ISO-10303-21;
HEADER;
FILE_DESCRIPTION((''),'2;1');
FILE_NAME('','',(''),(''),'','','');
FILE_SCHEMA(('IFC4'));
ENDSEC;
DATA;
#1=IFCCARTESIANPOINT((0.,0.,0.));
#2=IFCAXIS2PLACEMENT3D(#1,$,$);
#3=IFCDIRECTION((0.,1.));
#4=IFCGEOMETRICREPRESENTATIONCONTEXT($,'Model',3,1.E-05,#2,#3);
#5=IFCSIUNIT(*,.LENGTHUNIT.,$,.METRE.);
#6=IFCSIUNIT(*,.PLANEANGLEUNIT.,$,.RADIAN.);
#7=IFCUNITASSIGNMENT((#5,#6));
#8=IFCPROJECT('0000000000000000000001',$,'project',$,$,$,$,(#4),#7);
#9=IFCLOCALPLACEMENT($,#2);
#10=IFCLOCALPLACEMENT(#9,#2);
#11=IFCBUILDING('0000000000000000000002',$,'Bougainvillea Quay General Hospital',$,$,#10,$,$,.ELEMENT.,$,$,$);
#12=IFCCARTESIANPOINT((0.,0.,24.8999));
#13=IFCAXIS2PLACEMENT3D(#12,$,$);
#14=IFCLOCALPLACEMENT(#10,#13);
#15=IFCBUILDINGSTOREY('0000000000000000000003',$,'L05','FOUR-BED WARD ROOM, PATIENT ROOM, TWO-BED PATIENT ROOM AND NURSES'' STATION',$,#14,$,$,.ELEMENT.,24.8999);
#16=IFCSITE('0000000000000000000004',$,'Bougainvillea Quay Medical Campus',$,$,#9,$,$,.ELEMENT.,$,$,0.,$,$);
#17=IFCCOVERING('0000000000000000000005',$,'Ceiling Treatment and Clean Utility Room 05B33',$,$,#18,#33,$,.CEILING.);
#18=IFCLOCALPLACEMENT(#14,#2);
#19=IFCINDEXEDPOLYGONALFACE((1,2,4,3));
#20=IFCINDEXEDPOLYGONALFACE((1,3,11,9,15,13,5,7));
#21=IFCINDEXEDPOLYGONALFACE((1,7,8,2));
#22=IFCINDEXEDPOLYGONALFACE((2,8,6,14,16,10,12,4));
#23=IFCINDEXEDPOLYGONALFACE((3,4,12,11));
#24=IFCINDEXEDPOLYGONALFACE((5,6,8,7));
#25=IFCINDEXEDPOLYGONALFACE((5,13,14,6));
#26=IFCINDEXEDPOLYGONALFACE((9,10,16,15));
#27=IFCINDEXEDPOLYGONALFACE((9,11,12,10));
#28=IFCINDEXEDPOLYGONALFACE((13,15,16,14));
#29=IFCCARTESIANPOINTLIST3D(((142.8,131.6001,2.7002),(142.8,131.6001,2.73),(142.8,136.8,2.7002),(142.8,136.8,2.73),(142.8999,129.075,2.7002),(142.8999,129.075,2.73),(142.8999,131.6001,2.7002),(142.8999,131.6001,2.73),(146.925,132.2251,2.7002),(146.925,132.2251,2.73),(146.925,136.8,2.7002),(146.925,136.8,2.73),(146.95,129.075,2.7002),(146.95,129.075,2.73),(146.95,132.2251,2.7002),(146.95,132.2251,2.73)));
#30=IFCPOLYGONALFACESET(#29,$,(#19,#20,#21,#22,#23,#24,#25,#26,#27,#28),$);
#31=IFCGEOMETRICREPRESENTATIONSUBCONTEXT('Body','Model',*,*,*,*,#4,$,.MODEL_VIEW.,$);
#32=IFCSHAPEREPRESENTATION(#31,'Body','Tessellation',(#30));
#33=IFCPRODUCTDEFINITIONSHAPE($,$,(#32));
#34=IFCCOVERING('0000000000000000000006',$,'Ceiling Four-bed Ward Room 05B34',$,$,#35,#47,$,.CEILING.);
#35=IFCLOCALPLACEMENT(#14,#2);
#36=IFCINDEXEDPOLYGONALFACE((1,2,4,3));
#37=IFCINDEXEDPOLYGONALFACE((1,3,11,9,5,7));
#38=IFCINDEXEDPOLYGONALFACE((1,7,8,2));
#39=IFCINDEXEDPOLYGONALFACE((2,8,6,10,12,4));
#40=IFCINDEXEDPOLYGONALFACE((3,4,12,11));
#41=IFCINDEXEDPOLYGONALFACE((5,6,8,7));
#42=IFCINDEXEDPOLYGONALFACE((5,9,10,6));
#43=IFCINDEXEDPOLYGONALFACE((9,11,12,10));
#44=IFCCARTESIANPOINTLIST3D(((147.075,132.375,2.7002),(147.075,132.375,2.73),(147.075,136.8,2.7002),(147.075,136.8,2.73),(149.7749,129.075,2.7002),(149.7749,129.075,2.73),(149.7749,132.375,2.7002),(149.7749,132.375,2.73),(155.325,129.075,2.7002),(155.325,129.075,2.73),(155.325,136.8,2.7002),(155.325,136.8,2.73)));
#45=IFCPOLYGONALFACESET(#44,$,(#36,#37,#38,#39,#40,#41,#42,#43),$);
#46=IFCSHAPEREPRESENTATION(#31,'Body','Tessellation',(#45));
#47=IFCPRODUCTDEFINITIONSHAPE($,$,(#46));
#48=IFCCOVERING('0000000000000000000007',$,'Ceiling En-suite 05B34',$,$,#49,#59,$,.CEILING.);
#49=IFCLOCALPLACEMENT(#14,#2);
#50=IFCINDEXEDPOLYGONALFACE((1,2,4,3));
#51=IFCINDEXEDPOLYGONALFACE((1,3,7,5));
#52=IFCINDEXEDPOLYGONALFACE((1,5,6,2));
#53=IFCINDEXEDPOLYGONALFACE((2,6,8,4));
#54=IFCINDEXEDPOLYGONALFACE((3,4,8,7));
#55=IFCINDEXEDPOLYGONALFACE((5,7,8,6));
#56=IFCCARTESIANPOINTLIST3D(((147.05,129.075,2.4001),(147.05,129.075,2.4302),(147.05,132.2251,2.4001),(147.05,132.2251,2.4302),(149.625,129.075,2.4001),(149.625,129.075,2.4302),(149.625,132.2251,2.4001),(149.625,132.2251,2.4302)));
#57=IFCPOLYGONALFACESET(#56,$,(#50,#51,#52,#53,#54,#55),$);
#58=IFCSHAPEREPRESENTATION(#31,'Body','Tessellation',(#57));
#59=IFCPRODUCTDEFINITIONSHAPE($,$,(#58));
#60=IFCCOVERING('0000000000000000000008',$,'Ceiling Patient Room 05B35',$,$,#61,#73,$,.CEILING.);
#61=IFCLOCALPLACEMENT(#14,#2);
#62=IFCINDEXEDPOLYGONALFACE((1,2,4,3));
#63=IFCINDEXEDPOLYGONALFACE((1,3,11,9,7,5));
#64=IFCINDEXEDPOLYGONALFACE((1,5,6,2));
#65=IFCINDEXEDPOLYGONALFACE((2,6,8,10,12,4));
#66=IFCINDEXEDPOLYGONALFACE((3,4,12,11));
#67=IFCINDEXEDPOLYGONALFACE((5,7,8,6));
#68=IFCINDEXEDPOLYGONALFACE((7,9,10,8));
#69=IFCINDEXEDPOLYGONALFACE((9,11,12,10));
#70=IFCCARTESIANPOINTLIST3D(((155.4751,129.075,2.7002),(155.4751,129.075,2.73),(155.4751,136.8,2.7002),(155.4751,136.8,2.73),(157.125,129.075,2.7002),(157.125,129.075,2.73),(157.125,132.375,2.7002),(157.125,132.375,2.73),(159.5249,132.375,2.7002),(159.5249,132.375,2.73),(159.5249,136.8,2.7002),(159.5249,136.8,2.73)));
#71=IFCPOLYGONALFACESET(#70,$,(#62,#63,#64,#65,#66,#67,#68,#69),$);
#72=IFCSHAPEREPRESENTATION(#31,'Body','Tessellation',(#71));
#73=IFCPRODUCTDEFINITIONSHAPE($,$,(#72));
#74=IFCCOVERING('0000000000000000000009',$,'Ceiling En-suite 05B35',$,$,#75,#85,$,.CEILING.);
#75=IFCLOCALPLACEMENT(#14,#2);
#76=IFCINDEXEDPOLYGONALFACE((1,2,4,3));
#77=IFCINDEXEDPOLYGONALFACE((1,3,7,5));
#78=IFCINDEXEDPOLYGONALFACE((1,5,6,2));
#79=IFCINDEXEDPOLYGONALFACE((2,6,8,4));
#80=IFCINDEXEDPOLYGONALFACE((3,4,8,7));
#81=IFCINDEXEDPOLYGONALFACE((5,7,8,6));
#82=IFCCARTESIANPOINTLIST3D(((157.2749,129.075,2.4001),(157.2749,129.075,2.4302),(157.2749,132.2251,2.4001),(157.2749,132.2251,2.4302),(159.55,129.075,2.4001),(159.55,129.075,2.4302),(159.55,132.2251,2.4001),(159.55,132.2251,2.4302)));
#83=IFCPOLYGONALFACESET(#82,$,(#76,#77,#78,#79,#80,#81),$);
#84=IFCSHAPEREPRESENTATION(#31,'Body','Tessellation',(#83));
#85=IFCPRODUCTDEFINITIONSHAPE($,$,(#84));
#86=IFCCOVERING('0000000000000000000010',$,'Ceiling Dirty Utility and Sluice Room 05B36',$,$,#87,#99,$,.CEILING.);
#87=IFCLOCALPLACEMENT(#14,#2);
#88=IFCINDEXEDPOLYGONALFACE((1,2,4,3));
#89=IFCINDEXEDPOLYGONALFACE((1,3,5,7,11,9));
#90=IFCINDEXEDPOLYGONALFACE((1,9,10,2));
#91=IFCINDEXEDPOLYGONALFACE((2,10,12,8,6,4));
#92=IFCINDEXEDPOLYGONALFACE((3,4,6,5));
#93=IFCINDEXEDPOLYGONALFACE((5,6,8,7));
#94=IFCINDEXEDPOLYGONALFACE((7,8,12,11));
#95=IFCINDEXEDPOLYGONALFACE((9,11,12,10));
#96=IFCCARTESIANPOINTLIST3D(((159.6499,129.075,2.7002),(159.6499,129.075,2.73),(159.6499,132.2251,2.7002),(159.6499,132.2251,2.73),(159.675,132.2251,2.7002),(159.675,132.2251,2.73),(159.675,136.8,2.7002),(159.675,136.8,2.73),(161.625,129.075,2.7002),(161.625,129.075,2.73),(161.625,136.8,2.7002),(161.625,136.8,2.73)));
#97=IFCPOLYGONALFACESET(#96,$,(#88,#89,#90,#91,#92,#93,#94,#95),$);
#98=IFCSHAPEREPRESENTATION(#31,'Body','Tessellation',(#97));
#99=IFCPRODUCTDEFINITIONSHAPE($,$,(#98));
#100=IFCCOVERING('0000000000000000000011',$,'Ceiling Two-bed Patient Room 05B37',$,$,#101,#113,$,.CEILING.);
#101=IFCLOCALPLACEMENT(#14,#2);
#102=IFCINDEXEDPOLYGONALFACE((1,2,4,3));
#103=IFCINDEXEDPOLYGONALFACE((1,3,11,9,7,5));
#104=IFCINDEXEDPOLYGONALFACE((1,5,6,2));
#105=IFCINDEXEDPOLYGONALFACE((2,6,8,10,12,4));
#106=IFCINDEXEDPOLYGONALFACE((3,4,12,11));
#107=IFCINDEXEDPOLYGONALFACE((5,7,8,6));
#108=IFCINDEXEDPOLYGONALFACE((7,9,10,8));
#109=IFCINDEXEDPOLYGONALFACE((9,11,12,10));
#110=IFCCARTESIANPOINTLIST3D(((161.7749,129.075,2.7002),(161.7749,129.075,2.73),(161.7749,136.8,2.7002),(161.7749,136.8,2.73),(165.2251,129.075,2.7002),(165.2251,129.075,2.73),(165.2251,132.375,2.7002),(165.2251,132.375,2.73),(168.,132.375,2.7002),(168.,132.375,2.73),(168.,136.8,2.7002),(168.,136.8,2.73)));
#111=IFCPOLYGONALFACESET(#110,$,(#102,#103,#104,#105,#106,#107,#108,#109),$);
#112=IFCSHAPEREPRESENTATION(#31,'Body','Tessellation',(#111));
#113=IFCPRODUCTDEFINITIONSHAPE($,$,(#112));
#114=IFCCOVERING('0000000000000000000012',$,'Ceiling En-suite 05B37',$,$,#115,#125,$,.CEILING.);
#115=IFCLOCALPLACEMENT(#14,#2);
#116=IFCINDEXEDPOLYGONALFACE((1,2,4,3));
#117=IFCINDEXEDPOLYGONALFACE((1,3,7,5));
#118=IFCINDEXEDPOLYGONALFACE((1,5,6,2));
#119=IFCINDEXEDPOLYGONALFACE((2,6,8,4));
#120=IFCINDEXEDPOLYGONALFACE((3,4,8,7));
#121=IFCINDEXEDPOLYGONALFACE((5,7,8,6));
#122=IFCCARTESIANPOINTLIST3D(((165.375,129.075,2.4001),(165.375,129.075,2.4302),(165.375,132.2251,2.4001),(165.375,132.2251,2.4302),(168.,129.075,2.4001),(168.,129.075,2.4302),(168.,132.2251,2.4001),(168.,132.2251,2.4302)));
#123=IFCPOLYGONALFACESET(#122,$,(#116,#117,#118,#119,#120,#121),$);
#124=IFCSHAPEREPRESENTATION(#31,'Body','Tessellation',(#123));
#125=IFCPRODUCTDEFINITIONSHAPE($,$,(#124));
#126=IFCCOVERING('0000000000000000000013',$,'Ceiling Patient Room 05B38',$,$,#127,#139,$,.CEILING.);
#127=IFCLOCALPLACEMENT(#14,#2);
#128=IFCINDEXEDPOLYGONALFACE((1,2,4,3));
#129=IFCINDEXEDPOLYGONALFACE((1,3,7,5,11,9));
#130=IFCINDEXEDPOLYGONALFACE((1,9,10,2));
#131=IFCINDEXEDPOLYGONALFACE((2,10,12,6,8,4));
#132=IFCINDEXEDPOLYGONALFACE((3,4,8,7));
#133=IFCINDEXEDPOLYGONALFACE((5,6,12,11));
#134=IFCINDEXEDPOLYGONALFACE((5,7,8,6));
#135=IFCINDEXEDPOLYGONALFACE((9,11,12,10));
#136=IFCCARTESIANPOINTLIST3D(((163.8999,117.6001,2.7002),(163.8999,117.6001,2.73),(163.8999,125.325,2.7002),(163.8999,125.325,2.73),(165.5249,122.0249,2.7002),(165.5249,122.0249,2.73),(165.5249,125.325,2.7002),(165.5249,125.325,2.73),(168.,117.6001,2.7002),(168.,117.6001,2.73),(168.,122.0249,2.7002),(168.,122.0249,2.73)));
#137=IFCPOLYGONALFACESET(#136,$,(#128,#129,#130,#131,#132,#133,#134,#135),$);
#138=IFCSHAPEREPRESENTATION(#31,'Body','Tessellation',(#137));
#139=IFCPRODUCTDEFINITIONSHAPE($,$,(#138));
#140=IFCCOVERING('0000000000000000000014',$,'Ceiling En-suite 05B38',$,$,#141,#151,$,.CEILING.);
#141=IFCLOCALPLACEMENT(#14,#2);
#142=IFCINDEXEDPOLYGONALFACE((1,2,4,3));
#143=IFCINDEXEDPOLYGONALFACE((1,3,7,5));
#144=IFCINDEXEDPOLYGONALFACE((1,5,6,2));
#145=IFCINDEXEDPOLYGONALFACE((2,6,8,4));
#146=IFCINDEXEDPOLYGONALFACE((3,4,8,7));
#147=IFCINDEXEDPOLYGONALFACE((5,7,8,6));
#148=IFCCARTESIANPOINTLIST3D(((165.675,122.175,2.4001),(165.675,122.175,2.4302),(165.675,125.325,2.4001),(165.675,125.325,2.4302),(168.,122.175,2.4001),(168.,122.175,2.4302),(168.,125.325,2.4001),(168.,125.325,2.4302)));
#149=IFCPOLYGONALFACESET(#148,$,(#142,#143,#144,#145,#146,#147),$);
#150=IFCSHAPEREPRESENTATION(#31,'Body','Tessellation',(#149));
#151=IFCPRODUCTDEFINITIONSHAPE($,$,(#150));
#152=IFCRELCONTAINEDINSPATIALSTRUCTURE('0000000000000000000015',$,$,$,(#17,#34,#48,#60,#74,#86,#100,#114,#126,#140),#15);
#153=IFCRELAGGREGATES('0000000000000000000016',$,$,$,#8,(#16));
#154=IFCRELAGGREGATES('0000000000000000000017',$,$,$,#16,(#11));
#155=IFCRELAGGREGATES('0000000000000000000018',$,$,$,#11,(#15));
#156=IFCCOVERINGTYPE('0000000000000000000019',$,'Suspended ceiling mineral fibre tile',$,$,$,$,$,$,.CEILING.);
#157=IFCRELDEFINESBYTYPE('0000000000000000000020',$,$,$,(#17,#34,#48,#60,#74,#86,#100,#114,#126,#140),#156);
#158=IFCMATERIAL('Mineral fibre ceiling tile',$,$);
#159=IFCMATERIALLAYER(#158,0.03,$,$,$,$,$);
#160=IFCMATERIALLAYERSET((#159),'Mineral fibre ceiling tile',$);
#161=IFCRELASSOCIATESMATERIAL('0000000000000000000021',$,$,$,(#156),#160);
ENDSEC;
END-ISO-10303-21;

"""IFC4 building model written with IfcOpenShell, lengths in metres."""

from ifc_helpers import new_model, si_unit, direction, frame, origin, place, context, subcontext, project, spatial, polyline, outline, extrude, material, layer, layer_set, type_object, element, save


model = new_model("IFC4")

# Units and contexts
model_context = context("Model", 3, precision=1e-05, world=origin(), true_north=direction((0.0, 1.0)))
body_context = subcontext(model_context, "Body", "Model", "MODEL_VIEW")
ifc_project = project(units=[si_unit("LENGTHUNIT", "METRE"), si_unit("PLANEANGLEUNIT", "RADIAN")], contexts=[model_context])

# Site, building, storey
site_placement = place(None, origin())
site = spatial("IfcSite", under=ifc_project, at=site_placement, Name="Bougainvillea Quay Medical Campus", CompositionType="ELEMENT", RefElevation=0.0)
building_placement = place(site_placement, origin())
building = spatial("IfcBuilding", under=site, at=building_placement, Name="Bougainvillea Quay General Hospital", CompositionType="ELEMENT")
storey_placement = place(building_placement, frame((0.0, 0.0, 24.8999)))
storey = spatial("IfcBuildingStorey", under=building, at=storey_placement, Name="L05", Description="FOUR-BED WARD ROOM, PATIENT ROOM, TWO-BED PATIENT ROOM AND NURSES' STATION", CompositionType="ELEMENT", Elevation=24.8999)

# Coverings
ifc_material = material(Name="Mineral fibre ceiling tile")
ifc_layer = layer(ifc_material, 0.03)
ifc_layer_set = layer_set([ifc_layer], Name="Mineral fibre ceiling tile")
covering_type = type_object("IfcCoveringType", Name="Suspended ceiling mineral fibre tile", PredefinedType="CEILING", material=ifc_layer_set)
covering_1_placement = place(storey_placement, frame((0.0, 0.0, 2.7002)))
element("IfcCovering", 1, at=covering_1_placement, inside=storey, type_object=covering_type, Name="Ceiling Treatment and Clean Utility Room 05B33", PredefinedType="CEILING", context=body_context, shape_type="SweptSolid", body=[
    extrude(outline(polyline([(142.8, 131.6001), (142.8999, 131.6001), (142.8999, 129.075), (146.95, 129.075), (146.95, 132.2251), (146.925, 132.2251), (146.925, 136.8), (142.8, 136.8), (142.8, 131.6001)])), origin(), (0.0, 0.0, 1.0), 0.0298),
])
covering_2_placement = place(storey_placement, frame((0.0, 0.0, 2.7002)))
element("IfcCovering", 2, at=covering_2_placement, inside=storey, type_object=covering_type, Name="Ceiling Four-bed Ward Room 05B34", PredefinedType="CEILING", context=body_context, shape_type="SweptSolid", body=[
    extrude(outline(polyline([(147.075, 136.8), (147.075, 132.375), (149.7749, 132.375), (149.7749, 129.075), (155.325, 129.075), (155.325, 136.8), (147.075, 136.8)])), origin(), (0.0, 0.0, 1.0), 0.0298),
])
covering_3_placement = place(storey_placement, frame((0.0, 0.0, 2.4001)))
element("IfcCovering", 3, at=covering_3_placement, inside=storey, type_object=covering_type, Name="Ceiling En-suite 05B34", PredefinedType="CEILING", context=body_context, shape_type="SweptSolid", body=[
    extrude(outline(polyline([(149.625, 132.2251), (147.05, 132.2251), (147.05, 129.075), (149.625, 129.075), (149.625, 132.2251)])), origin(), (0.0, 0.0, 1.0), 0.03),
])
covering_4_placement = place(storey_placement, frame((0.0, 0.0, 2.7002)))
element("IfcCovering", 4, at=covering_4_placement, inside=storey, type_object=covering_type, Name="Ceiling Patient Room 05B35", PredefinedType="CEILING", context=body_context, shape_type="SweptSolid", body=[
    extrude(outline(polyline([(155.4751, 136.8), (155.4751, 129.075), (157.125, 129.075), (157.125, 132.375), (159.5249, 132.375), (159.5249, 136.8), (155.4751, 136.8)])), origin(), (0.0, 0.0, 1.0), 0.0298),
])
covering_5_placement = place(storey_placement, frame((0.0, 0.0, 2.4001)))
element("IfcCovering", 5, at=covering_5_placement, inside=storey, type_object=covering_type, Name="Ceiling En-suite 05B35", PredefinedType="CEILING", context=body_context, shape_type="SweptSolid", body=[
    extrude(outline(polyline([(159.55, 132.2251), (157.2749, 132.2251), (157.2749, 129.075), (159.55, 129.075), (159.55, 132.2251)])), origin(), (0.0, 0.0, 1.0), 0.03),
])
covering_6_placement = place(storey_placement, frame((0.0, 0.0, 2.7002)))
element("IfcCovering", 6, at=covering_6_placement, inside=storey, type_object=covering_type, Name="Ceiling Dirty Utility and Sluice Room 05B36", PredefinedType="CEILING", context=body_context, shape_type="SweptSolid", body=[
    extrude(outline(polyline([(159.675, 136.8), (159.675, 132.2251), (159.6499, 132.2251), (159.6499, 129.075), (161.625, 129.075), (161.625, 136.8), (159.675, 136.8)])), origin(), (0.0, 0.0, 1.0), 0.0298),
])
covering_7_placement = place(storey_placement, frame((0.0, 0.0, 2.7002)))
element("IfcCovering", 7, at=covering_7_placement, inside=storey, type_object=covering_type, Name="Ceiling Two-bed Patient Room 05B37", PredefinedType="CEILING", context=body_context, shape_type="SweptSolid", body=[
    extrude(outline(polyline([(161.7749, 136.8), (161.7749, 129.075), (165.2251, 129.075), (165.2251, 132.375), (168.0, 132.375), (168.0, 136.8), (161.7749, 136.8)])), origin(), (0.0, 0.0, 1.0), 0.0298),
])
covering_8_placement = place(storey_placement, frame((0.0, 0.0, 2.4001)))
element("IfcCovering", 8, at=covering_8_placement, inside=storey, type_object=covering_type, Name="Ceiling En-suite 05B37", PredefinedType="CEILING", context=body_context, shape_type="SweptSolid", body=[
    extrude(outline(polyline([(168.0, 132.2251), (165.375, 132.2251), (165.375, 129.075), (168.0, 129.075), (168.0, 132.2251)])), origin(), (0.0, 0.0, 1.0), 0.03),
])
covering_9_placement = place(storey_placement, frame((0.0, 0.0, 2.7002)))
element("IfcCovering", 9, at=covering_9_placement, inside=storey, type_object=covering_type, Name="Ceiling Patient Room 05B38", PredefinedType="CEILING", context=body_context, shape_type="SweptSolid", body=[
    extrude(outline(polyline([(168.0, 117.6001), (168.0, 122.0249), (165.5249, 122.0249), (165.5249, 125.325), (163.8999, 125.325), (163.8999, 117.6001), (168.0, 117.6001)])), origin(), (0.0, 0.0, 1.0), 0.0298),
])
covering_10_placement = place(storey_placement, frame((0.0, 0.0, 2.4001)))
element("IfcCovering", 10, at=covering_10_placement, inside=storey, type_object=covering_type, Name="Ceiling En-suite 05B38", PredefinedType="CEILING", context=body_context, shape_type="SweptSolid", body=[
    extrude(outline(polyline([(168.0, 125.325), (165.675, 125.325), (165.675, 122.175), (168.0, 122.175), (168.0, 125.325)])), origin(), (0.0, 0.0, 1.0), 0.03),
])

save(model, "model.ifc")
